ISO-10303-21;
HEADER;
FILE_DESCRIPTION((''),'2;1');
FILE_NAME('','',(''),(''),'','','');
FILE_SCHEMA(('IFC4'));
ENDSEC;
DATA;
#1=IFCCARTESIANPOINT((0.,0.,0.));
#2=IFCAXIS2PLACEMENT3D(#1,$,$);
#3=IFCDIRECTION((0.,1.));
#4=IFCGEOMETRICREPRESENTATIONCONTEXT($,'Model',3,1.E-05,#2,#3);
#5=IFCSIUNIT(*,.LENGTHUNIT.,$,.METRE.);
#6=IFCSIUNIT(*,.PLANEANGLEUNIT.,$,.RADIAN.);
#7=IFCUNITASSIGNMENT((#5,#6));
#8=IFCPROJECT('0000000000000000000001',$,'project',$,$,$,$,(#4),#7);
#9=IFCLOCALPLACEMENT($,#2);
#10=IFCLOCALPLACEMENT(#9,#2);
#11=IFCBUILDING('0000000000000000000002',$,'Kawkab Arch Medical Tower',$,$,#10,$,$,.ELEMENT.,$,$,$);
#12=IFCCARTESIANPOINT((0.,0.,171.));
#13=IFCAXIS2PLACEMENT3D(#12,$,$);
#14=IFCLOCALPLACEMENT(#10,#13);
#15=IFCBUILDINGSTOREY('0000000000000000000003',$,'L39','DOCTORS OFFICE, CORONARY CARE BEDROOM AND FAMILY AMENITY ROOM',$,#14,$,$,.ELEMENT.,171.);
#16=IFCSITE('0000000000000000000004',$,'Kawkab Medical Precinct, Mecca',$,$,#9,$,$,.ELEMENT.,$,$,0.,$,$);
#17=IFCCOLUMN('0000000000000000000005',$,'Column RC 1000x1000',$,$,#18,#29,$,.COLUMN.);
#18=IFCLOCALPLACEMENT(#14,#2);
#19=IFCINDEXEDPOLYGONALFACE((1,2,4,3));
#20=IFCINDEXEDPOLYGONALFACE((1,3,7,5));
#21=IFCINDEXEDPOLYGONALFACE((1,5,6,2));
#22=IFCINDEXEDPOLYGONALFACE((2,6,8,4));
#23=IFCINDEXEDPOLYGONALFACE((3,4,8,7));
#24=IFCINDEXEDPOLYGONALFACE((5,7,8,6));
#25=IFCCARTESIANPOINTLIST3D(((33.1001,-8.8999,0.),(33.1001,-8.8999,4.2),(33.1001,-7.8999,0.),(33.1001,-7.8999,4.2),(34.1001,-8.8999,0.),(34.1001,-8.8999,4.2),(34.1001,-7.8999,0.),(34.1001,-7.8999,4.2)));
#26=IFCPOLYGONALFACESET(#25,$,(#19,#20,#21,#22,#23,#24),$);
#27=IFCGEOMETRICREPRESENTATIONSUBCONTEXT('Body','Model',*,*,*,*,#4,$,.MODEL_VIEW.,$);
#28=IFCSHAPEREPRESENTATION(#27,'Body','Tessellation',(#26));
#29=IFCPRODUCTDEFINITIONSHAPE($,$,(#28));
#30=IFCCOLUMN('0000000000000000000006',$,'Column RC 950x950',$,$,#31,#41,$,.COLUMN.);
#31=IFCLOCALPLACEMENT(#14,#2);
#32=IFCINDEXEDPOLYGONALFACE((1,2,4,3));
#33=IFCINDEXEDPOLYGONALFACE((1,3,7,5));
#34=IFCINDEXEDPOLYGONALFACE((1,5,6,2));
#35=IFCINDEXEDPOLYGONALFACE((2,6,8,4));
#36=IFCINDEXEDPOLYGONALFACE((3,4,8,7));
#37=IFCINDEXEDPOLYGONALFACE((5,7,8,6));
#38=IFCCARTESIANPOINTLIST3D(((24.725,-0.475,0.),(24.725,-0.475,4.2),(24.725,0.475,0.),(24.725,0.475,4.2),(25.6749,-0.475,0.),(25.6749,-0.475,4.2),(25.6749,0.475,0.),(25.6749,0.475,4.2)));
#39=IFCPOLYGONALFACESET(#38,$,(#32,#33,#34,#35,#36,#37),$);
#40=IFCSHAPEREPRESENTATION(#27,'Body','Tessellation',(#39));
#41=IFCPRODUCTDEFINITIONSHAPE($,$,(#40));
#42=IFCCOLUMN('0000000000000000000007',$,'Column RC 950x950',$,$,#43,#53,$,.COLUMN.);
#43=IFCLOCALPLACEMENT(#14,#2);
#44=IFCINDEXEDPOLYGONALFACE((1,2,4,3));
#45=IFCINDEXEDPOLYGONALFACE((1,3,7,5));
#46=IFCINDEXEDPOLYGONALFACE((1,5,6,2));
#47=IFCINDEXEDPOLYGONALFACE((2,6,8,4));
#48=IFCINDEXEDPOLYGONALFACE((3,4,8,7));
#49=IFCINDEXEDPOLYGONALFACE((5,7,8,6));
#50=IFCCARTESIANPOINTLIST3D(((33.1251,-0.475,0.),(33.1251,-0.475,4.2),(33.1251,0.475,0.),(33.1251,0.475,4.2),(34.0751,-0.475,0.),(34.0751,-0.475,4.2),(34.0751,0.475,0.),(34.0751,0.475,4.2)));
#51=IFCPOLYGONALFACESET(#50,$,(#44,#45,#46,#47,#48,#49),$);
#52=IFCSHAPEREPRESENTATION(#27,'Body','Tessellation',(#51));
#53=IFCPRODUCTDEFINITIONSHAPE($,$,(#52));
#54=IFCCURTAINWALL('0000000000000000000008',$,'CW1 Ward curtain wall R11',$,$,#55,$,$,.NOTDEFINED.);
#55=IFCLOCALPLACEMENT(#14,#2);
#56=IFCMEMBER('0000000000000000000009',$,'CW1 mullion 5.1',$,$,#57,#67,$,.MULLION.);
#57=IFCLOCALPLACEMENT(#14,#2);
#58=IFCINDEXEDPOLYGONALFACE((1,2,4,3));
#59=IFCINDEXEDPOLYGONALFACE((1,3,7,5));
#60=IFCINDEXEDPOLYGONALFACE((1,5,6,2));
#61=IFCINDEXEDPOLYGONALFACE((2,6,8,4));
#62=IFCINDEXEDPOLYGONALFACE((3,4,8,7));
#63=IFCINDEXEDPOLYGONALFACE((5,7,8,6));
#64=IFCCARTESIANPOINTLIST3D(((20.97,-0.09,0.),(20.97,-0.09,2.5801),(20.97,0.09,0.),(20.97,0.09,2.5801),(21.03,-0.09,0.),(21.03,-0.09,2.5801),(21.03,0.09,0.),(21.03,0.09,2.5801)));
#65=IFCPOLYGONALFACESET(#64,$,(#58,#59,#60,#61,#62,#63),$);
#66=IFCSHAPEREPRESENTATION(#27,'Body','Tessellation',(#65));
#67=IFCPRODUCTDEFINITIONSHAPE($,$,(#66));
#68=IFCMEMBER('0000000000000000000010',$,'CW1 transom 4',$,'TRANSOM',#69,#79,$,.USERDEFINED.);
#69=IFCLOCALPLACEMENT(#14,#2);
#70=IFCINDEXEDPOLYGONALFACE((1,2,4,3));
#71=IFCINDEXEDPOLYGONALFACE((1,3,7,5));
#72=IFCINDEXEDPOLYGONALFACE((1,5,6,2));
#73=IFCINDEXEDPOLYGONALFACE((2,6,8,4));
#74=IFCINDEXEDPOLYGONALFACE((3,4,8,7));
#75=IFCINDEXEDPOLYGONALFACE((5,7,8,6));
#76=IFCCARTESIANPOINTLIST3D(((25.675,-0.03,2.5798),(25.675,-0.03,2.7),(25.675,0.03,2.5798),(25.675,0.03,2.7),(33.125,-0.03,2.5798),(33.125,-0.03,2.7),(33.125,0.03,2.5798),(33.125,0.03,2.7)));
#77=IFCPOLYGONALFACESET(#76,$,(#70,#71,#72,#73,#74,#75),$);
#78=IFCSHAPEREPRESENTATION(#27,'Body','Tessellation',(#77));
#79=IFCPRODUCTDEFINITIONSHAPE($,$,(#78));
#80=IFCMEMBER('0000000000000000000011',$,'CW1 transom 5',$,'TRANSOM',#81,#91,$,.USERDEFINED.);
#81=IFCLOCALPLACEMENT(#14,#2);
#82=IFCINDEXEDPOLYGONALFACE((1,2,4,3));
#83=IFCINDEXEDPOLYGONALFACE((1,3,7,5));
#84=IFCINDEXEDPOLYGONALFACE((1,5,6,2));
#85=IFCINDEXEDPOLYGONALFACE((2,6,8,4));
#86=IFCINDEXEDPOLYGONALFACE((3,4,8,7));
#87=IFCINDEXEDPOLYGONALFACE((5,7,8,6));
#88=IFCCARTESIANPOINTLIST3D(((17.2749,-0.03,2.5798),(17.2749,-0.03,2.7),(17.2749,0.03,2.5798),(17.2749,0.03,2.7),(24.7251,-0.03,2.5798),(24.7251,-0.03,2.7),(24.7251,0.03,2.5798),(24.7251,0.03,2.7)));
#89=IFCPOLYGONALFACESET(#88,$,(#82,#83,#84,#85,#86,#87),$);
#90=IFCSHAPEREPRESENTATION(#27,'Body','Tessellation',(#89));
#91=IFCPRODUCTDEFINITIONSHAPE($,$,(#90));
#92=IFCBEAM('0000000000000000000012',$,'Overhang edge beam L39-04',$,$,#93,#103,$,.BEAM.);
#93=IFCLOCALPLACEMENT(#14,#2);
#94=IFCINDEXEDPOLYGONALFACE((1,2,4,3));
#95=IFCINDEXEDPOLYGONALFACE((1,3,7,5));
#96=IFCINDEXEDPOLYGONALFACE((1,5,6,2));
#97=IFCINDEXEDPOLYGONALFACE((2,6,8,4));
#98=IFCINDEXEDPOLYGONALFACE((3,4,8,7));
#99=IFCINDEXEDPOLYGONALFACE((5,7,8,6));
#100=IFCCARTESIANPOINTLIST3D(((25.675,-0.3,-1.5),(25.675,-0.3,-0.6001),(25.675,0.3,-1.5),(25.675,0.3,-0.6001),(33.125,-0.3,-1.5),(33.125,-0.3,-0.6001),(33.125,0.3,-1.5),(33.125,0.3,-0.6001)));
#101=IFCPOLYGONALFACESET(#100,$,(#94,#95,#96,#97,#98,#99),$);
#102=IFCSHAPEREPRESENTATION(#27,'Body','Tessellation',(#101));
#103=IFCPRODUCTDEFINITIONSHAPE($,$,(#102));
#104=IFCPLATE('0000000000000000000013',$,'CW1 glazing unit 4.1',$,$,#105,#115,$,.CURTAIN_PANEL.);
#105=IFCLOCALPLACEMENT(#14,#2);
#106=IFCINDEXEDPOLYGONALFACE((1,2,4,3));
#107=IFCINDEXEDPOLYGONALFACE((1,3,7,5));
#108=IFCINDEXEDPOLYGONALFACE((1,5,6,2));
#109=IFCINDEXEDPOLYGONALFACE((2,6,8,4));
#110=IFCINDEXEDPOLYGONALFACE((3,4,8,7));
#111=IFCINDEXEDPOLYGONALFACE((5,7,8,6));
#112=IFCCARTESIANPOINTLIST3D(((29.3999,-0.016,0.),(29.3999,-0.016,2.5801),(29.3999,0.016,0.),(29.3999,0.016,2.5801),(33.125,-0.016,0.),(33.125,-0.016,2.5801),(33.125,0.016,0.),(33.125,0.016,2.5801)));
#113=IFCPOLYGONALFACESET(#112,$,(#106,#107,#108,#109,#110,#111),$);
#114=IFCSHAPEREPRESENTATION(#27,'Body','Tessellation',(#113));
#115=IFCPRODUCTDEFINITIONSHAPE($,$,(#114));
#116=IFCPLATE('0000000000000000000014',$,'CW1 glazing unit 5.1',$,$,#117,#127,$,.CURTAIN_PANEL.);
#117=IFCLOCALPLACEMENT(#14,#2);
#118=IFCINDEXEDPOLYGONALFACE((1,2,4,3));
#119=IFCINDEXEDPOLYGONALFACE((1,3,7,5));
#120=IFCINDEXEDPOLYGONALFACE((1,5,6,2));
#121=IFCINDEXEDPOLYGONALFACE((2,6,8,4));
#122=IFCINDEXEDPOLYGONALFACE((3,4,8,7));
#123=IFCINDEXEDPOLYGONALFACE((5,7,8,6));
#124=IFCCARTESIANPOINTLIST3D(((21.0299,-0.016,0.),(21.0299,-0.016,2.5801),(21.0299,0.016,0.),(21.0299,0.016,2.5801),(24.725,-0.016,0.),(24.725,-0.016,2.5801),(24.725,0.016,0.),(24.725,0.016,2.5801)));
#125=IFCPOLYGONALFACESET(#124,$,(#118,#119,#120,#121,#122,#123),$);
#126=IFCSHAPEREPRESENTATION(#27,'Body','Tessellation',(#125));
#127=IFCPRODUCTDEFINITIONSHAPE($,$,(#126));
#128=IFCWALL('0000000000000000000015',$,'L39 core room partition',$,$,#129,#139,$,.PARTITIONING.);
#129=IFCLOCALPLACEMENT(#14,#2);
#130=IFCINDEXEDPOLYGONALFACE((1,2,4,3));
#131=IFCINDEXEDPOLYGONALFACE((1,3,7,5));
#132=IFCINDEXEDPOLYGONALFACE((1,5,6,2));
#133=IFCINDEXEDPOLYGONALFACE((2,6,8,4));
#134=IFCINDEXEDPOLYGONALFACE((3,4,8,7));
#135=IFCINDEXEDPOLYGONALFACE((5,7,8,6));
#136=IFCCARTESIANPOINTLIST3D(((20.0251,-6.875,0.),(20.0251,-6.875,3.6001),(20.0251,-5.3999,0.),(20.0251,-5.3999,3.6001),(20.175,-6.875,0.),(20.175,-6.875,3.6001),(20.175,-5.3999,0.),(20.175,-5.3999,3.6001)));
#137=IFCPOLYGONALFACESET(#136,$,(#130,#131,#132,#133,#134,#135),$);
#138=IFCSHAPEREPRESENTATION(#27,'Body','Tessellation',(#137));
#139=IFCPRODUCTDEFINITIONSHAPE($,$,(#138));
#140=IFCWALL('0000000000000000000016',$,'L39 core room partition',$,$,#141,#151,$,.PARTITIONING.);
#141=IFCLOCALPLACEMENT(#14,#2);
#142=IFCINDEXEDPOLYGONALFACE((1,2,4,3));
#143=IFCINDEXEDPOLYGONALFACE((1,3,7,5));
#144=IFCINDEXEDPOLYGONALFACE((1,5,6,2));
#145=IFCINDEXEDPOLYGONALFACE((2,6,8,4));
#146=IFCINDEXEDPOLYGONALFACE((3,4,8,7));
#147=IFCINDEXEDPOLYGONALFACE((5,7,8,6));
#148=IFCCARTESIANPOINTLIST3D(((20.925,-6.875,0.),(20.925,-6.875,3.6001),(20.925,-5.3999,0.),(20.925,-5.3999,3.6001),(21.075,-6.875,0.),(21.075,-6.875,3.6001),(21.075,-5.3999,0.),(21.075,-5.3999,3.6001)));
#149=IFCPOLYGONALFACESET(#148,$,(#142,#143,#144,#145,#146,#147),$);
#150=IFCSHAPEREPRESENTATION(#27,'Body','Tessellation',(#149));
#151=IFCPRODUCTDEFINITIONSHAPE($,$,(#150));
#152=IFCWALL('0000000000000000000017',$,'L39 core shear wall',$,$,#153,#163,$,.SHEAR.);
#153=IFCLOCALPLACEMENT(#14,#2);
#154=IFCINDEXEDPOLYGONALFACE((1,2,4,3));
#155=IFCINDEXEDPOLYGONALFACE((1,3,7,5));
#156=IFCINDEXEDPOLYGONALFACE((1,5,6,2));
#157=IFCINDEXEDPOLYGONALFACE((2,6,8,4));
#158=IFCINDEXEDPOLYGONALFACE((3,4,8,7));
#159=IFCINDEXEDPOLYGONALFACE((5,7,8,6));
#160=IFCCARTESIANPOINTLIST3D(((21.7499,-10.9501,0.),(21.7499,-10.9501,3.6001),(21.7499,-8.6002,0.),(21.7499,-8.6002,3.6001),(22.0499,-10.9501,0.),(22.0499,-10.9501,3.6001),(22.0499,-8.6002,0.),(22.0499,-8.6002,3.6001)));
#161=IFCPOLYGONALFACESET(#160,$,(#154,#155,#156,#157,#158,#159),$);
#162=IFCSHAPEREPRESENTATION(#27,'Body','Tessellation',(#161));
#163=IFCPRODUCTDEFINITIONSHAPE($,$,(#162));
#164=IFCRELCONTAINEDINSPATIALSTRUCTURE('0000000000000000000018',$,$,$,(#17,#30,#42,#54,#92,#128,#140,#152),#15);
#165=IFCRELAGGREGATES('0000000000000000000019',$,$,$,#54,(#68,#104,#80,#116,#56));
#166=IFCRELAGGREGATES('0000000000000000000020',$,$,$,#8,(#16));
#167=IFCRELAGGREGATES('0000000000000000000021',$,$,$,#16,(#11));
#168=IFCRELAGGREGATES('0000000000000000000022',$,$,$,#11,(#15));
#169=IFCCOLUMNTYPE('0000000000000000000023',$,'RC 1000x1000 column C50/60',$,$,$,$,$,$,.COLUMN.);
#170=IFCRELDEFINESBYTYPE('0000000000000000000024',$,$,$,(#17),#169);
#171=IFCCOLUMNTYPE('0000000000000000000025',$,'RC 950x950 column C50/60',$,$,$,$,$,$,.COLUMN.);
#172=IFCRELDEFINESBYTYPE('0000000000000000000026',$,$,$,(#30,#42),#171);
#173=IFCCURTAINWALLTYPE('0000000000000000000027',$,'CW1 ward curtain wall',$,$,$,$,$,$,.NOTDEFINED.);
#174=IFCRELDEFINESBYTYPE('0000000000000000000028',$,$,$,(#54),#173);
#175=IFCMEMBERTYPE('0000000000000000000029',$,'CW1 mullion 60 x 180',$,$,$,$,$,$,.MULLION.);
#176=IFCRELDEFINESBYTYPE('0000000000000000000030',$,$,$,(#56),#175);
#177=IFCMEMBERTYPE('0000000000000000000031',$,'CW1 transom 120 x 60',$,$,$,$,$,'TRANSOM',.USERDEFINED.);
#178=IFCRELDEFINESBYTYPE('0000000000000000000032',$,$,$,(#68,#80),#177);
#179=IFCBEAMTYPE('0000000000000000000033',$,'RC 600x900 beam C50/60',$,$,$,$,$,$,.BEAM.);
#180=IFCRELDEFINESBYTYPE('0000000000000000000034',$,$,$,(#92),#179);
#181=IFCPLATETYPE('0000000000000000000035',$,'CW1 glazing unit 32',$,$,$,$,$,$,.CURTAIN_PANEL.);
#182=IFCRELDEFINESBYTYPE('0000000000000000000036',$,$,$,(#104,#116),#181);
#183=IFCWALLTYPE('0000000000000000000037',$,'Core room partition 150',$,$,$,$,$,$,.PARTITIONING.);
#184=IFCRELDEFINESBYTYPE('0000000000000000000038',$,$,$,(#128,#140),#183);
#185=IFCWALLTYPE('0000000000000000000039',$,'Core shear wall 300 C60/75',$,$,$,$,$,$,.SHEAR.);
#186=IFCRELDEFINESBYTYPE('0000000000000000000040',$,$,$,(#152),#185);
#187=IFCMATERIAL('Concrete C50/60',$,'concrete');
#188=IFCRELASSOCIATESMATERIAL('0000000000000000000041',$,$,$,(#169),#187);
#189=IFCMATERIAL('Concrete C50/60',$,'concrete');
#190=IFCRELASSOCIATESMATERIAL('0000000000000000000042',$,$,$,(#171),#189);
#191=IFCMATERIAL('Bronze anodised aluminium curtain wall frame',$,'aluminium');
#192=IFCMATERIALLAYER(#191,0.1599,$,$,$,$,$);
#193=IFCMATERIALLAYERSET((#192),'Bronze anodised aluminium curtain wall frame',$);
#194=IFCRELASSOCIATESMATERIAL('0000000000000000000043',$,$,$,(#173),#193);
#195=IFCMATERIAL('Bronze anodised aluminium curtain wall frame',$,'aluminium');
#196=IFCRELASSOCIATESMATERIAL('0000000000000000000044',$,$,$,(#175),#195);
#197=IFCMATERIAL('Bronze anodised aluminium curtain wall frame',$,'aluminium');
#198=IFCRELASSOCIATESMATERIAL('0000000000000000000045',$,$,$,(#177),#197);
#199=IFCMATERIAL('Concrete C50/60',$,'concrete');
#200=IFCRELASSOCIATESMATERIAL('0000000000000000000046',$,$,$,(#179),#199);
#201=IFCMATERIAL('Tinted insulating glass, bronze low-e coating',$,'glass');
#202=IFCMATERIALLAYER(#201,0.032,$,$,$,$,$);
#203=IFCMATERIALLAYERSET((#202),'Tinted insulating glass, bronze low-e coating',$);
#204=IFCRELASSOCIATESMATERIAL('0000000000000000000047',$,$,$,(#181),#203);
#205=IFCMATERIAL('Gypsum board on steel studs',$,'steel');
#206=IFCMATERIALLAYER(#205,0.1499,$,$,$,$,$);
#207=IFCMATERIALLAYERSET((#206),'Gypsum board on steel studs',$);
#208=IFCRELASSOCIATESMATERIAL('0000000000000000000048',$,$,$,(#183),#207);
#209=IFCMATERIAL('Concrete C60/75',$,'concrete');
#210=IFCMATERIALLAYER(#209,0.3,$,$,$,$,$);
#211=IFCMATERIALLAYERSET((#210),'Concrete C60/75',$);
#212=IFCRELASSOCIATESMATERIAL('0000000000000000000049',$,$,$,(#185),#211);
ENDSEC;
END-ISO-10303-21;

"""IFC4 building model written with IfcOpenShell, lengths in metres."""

from ifc_helpers import new_model, si_unit, direction, frame, frame_2d, origin, origin_2d, place, context, subcontext, project, spatial, rectangle, extrude, material, layer, layer_set, material_profile, profile_set, type_object, element, aggregate, save


model = new_model("IFC4")

# Units and contexts
model_context = context("Model", 3, precision=1e-05, world=origin(), true_north=direction((0.0, 1.0)))
body_context = subcontext(model_context, "Body", "Model", "MODEL_VIEW")
ifc_project = project(units=[si_unit("LENGTHUNIT", "METRE"), si_unit("PLANEANGLEUNIT", "RADIAN")], contexts=[model_context])

# Site, building, storey
site_placement = place(None, origin())
site = spatial("IfcSite", under=ifc_project, at=site_placement, Name="Kawkab Medical Precinct, Mecca", CompositionType="ELEMENT", RefElevation=0.0)
building_placement = place(site_placement, origin())
building = spatial("IfcBuilding", under=site, at=building_placement, Name="Kawkab Arch Medical Tower", CompositionType="ELEMENT")
storey_placement = place(building_placement, frame((0.0, 0.0, 171.0)))
storey = spatial("IfcBuildingStorey", under=building, at=storey_placement, Name="L39", Description="DOCTORS OFFICE, CORONARY CARE BEDROOM AND FAMILY AMENITY ROOM", CompositionType="ELEMENT", Elevation=171.0)

# Columns
ifc_material_1 = material(Name="Concrete C50/60", Category="concrete")
ifc_material_profile_1 = material_profile(ifc_material_1, rectangle(XDim=1.0, YDim=1.0, at=origin_2d()), Name="RC 1000x1000")
ifc_profile_set_1 = profile_set([ifc_material_profile_1], Name="Concrete C50/60")
column_type_1 = type_object("IfcColumnType", Name="RC 1000x1000 column C50/60", PredefinedType="COLUMN", material=ifc_profile_set_1)
column_placement = place(storey_placement, frame((33.6001, -8.3999, 0.0), z_axis=(0.0, 0.0, 1.0), x_axis=(1.0, 0.0, 0.0)))
element("IfcColumn", 1, at=column_placement, inside=storey, type_object=column_type_1, Name="Column RC 1000x1000", PredefinedType="COLUMN", context=body_context, shape_type="SweptSolid", body=[
    extrude(rectangle(XDim=1.0, YDim=1.0, at=origin_2d()), origin(), (0.0, 0.0, 1.0), 4.2),
])
ifc_material_2 = material(Name="Concrete C50/60", Category="concrete")
ifc_material_profile_2 = material_profile(ifc_material_2, rectangle(XDim=0.95, YDim=0.95, at=origin_2d()), Name="RC 950x950")
ifc_profile_set_2 = profile_set([ifc_material_profile_2], Name="Concrete C50/60")
column_type_2 = type_object("IfcColumnType", Name="RC 950x950 column C50/60", PredefinedType="COLUMN", material=ifc_profile_set_2)
for number, where, z_axis, x_axis, name in (
    (2, (25.2, 0.0, 0.0), (0.0, 0.0, 1.0), (1.0, 0.0, 0.0), "Column RC 950x950"),
    (3, (33.6001, 0.0, 0.0), (0.0, 0.0, 1.0), (1.0, 0.0, 0.0), "Column RC 950x950"),
):
    element("IfcColumn", number, at=place(storey_placement, frame(where, z_axis=z_axis, x_axis=x_axis)), inside=storey, type_object=column_type_2, Name=name, PredefinedType="COLUMN", context=body_context, shape_type="SweptSolid", body=[
        extrude(rectangle(XDim=0.95, YDim=0.95, at=origin_2d()), origin(), (0.0, 0.0, 1.0), 4.2),
    ])

# Curtain wall, members
ifc_material_3 = material(Name="Bronze anodised aluminium curtain wall frame", Category="aluminium")
ifc_layer_1 = layer(ifc_material_3, 0.1599)
ifc_layer_set_1 = layer_set([ifc_layer_1], Name="Bronze anodised aluminium curtain wall frame")
curtain_wall_type = type_object("IfcCurtainWallType", Name="CW1 ward curtain wall", PredefinedType="NOTDEFINED", material=ifc_layer_set_1)
placement = place(storey_placement, origin())
curtain_wall = element("IfcCurtainWall", 4, at=placement, inside=storey, type_object=curtain_wall_type, Name="CW1 Ward curtain wall R11", PredefinedType="NOTDEFINED")
ifc_material_4 = material(Name="Bronze anodised aluminium curtain wall frame", Category="aluminium")
ifc_material_profile_3 = material_profile(ifc_material_4, rectangle(XDim=0.1799, YDim=0.0601, at=origin_2d()), Name="AL 60x180")
ifc_profile_set_3 = profile_set([ifc_material_profile_3], Name="Bronze anodised aluminium curtain wall frame")
member_type_1 = type_object("IfcMemberType", Name="CW1 mullion 60 x 180", PredefinedType="MULLION", material=ifc_profile_set_3)
member_1_placement = place(storey_placement, frame((21.0, 0.0, 0.0), z_axis=(0.0, 0.0, 1.0), x_axis=(0.0, -1.0, 0.0)))
member_1 = element("IfcMember", 5, at=member_1_placement, type_object=member_type_1, Name="CW1 mullion 5.1", PredefinedType="MULLION", context=body_context, shape_type="SweptSolid", body=[
    extrude(rectangle(XDim=0.1799, YDim=0.0601, at=origin_2d()), origin(), (0.0, 0.0, 1.0), 2.5801),
])
ifc_material_5 = material(Name="Bronze anodised aluminium curtain wall frame", Category="aluminium")
ifc_material_profile_4 = material_profile(ifc_material_5, rectangle(XDim=0.0601, YDim=0.1201, at=origin_2d()), Name="AL 60x120")
ifc_profile_set_4 = profile_set([ifc_material_profile_4], Name="Bronze anodised aluminium curtain wall frame")
member_type_2 = type_object("IfcMemberType", Name="CW1 transom 120 x 60", ElementType="TRANSOM", PredefinedType="USERDEFINED", material=ifc_profile_set_4)
member_2_placement = place(storey_placement, frame((33.125, 0.0, 2.6399), z_axis=(-1.0, 0.0, 0.0), x_axis=(0.0, -1.0, 0.0)))
member_2 = element("IfcMember", 6, at=member_2_placement, type_object=member_type_2, Name="CW1 transom 4", ObjectType="TRANSOM", PredefinedType="USERDEFINED", context=body_context, shape_type="SweptSolid", body=[
    extrude(rectangle(XDim=0.0601, YDim=0.1201, at=origin_2d()), origin(), (0.0, 0.0, 1.0), 7.45),
])
member_3_placement = place(storey_placement, frame((24.7251, 0.0, 2.6399), z_axis=(-1.0, 0.0, 0.0), x_axis=(0.0, -1.0, 0.0)))
member_3 = element("IfcMember", 7, at=member_3_placement, type_object=member_type_2, Name="CW1 transom 5", ObjectType="TRANSOM", PredefinedType="USERDEFINED", context=body_context, shape_type="SweptSolid", body=[
    extrude(rectangle(XDim=0.0601, YDim=0.1201, at=origin_2d()), origin(), (0.0, 0.0, 1.0), 7.4502),
])

# Beam
ifc_material_6 = material(Name="Concrete C50/60", Category="concrete")
ifc_material_profile_5 = material_profile(ifc_material_6, rectangle(XDim=0.6001, YDim=0.8999, at=origin_2d()), Name="RC 600x900")
ifc_profile_set_5 = profile_set([ifc_material_profile_5], Name="Concrete C50/60")
beam_type = type_object("IfcBeamType", Name="RC 600x900 beam C50/60", PredefinedType="BEAM", material=ifc_profile_set_5)
beam_placement = place(storey_placement, frame((25.675, 0.0, -1.05), z_axis=(1.0, 0.0, 0.0), x_axis=(0.0, 1.0, 0.0)))
element("IfcBeam", 8, at=beam_placement, inside=storey, type_object=beam_type, Name="Overhang edge beam L39-04", PredefinedType="BEAM", context=body_context, shape_type="SweptSolid", body=[
    extrude(rectangle(XDim=0.6001, YDim=0.8999, at=origin_2d()), origin(), (0.0, 0.0, 1.0), 7.45),
])

# Plates
ifc_material_7 = material(Name="Tinted insulating glass, bronze low-e coating", Category="glass")
ifc_layer_2 = layer(ifc_material_7, 0.032)
ifc_layer_set_2 = layer_set([ifc_layer_2], Name="Tinted insulating glass, bronze low-e coating")
plate_type = type_object("IfcPlateType", Name="CW1 glazing unit 32", PredefinedType="CURTAIN_PANEL", material=ifc_layer_set_2)
plate_1_placement = place(storey_placement, frame((31.2625, 0.0, 0.0), z_axis=(0.0, 0.0, 1.0), x_axis=(-1.0, 0.0, 0.0)))
plate_1 = element("IfcPlate", 9, at=plate_1_placement, type_object=plate_type, Name="CW1 glazing unit 4.1", PredefinedType="CURTAIN_PANEL", context=body_context, shape_type="SweptSolid", body=[
    extrude(rectangle(XDim=3.7251, YDim=0.032, at=origin_2d()), origin(), (0.0, 0.0, 1.0), 2.5801),
])
plate_2_placement = place(storey_placement, frame((22.8774, 0.0, 0.0), z_axis=(0.0, 0.0, 1.0), x_axis=(-1.0, 0.0, 0.0)))
plate_2 = element("IfcPlate", 10, at=plate_2_placement, type_object=plate_type, Name="CW1 glazing unit 5.1", PredefinedType="CURTAIN_PANEL", context=body_context, shape_type="SweptSolid", body=[
    extrude(rectangle(XDim=3.6951, YDim=0.032, at=origin_2d()), origin(), (0.0, 0.0, 1.0), 2.5801),
])
aggregate(curtain_wall, [member_2, plate_1, member_3, plate_2, member_1])

# Walls
ifc_material_8 = material(Name="Gypsum board on steel studs", Category="steel")
ifc_layer_3 = layer(ifc_material_8, 0.1499)
ifc_layer_set_3 = layer_set([ifc_layer_3], Name="Gypsum board on steel studs")
wall_type_1 = type_object("IfcWallType", Name="Core room partition 150", PredefinedType="PARTITIONING", material=ifc_layer_set_3)
for number, where, z_axis, x_axis, name in (
    (11, (20.1001, -6.875, 0.0), (0.0, 0.0, 1.0), (0.0, 1.0, 0.0), "L39 core room partition"),
    (12, (21.0, -6.875, 0.0), (0.0, 0.0, 1.0), (0.0, 1.0, 0.0), "L39 core room partition"),
):
    element("IfcWall", number, at=place(storey_placement, frame(where, z_axis=z_axis, x_axis=x_axis)), inside=storey, type_object=wall_type_1, Name=name, PredefinedType="PARTITIONING", context=body_context, shape_type="SweptSolid", body=[
        extrude(rectangle(XDim=1.4751, YDim=0.1499, at=frame_2d((0.7375, 0.0))), origin(), (0.0, 0.0, 1.0), 3.6001),
    ])
ifc_material_9 = material(Name="Concrete C60/75", Category="concrete")
ifc_layer_4 = layer(ifc_material_9, 0.3)
ifc_layer_set_4 = layer_set([ifc_layer_4], Name="Concrete C60/75")
wall_type_2 = type_object("IfcWallType", Name="Core shear wall 300 C60/75", PredefinedType="SHEAR", material=ifc_layer_set_4)
wall_1_placement = place(storey_placement, frame((21.8999, -10.95, 0.0), z_axis=(0.0, 0.0, 1.0), x_axis=(0.0, 1.0, 0.0)))
element("IfcWall", 13, at=wall_1_placement, inside=storey, type_object=wall_type_2, Name="L39 core shear wall", PredefinedType="SHEAR", context=body_context, shape_type="SweptSolid", body=[
    extrude(rectangle(XDim=2.3499, YDim=0.3, at=frame_2d((1.1748, 0.0))), origin(), (0.0, 0.0, 1.0), 3.6001),
])

save(model, "model.ifc")
